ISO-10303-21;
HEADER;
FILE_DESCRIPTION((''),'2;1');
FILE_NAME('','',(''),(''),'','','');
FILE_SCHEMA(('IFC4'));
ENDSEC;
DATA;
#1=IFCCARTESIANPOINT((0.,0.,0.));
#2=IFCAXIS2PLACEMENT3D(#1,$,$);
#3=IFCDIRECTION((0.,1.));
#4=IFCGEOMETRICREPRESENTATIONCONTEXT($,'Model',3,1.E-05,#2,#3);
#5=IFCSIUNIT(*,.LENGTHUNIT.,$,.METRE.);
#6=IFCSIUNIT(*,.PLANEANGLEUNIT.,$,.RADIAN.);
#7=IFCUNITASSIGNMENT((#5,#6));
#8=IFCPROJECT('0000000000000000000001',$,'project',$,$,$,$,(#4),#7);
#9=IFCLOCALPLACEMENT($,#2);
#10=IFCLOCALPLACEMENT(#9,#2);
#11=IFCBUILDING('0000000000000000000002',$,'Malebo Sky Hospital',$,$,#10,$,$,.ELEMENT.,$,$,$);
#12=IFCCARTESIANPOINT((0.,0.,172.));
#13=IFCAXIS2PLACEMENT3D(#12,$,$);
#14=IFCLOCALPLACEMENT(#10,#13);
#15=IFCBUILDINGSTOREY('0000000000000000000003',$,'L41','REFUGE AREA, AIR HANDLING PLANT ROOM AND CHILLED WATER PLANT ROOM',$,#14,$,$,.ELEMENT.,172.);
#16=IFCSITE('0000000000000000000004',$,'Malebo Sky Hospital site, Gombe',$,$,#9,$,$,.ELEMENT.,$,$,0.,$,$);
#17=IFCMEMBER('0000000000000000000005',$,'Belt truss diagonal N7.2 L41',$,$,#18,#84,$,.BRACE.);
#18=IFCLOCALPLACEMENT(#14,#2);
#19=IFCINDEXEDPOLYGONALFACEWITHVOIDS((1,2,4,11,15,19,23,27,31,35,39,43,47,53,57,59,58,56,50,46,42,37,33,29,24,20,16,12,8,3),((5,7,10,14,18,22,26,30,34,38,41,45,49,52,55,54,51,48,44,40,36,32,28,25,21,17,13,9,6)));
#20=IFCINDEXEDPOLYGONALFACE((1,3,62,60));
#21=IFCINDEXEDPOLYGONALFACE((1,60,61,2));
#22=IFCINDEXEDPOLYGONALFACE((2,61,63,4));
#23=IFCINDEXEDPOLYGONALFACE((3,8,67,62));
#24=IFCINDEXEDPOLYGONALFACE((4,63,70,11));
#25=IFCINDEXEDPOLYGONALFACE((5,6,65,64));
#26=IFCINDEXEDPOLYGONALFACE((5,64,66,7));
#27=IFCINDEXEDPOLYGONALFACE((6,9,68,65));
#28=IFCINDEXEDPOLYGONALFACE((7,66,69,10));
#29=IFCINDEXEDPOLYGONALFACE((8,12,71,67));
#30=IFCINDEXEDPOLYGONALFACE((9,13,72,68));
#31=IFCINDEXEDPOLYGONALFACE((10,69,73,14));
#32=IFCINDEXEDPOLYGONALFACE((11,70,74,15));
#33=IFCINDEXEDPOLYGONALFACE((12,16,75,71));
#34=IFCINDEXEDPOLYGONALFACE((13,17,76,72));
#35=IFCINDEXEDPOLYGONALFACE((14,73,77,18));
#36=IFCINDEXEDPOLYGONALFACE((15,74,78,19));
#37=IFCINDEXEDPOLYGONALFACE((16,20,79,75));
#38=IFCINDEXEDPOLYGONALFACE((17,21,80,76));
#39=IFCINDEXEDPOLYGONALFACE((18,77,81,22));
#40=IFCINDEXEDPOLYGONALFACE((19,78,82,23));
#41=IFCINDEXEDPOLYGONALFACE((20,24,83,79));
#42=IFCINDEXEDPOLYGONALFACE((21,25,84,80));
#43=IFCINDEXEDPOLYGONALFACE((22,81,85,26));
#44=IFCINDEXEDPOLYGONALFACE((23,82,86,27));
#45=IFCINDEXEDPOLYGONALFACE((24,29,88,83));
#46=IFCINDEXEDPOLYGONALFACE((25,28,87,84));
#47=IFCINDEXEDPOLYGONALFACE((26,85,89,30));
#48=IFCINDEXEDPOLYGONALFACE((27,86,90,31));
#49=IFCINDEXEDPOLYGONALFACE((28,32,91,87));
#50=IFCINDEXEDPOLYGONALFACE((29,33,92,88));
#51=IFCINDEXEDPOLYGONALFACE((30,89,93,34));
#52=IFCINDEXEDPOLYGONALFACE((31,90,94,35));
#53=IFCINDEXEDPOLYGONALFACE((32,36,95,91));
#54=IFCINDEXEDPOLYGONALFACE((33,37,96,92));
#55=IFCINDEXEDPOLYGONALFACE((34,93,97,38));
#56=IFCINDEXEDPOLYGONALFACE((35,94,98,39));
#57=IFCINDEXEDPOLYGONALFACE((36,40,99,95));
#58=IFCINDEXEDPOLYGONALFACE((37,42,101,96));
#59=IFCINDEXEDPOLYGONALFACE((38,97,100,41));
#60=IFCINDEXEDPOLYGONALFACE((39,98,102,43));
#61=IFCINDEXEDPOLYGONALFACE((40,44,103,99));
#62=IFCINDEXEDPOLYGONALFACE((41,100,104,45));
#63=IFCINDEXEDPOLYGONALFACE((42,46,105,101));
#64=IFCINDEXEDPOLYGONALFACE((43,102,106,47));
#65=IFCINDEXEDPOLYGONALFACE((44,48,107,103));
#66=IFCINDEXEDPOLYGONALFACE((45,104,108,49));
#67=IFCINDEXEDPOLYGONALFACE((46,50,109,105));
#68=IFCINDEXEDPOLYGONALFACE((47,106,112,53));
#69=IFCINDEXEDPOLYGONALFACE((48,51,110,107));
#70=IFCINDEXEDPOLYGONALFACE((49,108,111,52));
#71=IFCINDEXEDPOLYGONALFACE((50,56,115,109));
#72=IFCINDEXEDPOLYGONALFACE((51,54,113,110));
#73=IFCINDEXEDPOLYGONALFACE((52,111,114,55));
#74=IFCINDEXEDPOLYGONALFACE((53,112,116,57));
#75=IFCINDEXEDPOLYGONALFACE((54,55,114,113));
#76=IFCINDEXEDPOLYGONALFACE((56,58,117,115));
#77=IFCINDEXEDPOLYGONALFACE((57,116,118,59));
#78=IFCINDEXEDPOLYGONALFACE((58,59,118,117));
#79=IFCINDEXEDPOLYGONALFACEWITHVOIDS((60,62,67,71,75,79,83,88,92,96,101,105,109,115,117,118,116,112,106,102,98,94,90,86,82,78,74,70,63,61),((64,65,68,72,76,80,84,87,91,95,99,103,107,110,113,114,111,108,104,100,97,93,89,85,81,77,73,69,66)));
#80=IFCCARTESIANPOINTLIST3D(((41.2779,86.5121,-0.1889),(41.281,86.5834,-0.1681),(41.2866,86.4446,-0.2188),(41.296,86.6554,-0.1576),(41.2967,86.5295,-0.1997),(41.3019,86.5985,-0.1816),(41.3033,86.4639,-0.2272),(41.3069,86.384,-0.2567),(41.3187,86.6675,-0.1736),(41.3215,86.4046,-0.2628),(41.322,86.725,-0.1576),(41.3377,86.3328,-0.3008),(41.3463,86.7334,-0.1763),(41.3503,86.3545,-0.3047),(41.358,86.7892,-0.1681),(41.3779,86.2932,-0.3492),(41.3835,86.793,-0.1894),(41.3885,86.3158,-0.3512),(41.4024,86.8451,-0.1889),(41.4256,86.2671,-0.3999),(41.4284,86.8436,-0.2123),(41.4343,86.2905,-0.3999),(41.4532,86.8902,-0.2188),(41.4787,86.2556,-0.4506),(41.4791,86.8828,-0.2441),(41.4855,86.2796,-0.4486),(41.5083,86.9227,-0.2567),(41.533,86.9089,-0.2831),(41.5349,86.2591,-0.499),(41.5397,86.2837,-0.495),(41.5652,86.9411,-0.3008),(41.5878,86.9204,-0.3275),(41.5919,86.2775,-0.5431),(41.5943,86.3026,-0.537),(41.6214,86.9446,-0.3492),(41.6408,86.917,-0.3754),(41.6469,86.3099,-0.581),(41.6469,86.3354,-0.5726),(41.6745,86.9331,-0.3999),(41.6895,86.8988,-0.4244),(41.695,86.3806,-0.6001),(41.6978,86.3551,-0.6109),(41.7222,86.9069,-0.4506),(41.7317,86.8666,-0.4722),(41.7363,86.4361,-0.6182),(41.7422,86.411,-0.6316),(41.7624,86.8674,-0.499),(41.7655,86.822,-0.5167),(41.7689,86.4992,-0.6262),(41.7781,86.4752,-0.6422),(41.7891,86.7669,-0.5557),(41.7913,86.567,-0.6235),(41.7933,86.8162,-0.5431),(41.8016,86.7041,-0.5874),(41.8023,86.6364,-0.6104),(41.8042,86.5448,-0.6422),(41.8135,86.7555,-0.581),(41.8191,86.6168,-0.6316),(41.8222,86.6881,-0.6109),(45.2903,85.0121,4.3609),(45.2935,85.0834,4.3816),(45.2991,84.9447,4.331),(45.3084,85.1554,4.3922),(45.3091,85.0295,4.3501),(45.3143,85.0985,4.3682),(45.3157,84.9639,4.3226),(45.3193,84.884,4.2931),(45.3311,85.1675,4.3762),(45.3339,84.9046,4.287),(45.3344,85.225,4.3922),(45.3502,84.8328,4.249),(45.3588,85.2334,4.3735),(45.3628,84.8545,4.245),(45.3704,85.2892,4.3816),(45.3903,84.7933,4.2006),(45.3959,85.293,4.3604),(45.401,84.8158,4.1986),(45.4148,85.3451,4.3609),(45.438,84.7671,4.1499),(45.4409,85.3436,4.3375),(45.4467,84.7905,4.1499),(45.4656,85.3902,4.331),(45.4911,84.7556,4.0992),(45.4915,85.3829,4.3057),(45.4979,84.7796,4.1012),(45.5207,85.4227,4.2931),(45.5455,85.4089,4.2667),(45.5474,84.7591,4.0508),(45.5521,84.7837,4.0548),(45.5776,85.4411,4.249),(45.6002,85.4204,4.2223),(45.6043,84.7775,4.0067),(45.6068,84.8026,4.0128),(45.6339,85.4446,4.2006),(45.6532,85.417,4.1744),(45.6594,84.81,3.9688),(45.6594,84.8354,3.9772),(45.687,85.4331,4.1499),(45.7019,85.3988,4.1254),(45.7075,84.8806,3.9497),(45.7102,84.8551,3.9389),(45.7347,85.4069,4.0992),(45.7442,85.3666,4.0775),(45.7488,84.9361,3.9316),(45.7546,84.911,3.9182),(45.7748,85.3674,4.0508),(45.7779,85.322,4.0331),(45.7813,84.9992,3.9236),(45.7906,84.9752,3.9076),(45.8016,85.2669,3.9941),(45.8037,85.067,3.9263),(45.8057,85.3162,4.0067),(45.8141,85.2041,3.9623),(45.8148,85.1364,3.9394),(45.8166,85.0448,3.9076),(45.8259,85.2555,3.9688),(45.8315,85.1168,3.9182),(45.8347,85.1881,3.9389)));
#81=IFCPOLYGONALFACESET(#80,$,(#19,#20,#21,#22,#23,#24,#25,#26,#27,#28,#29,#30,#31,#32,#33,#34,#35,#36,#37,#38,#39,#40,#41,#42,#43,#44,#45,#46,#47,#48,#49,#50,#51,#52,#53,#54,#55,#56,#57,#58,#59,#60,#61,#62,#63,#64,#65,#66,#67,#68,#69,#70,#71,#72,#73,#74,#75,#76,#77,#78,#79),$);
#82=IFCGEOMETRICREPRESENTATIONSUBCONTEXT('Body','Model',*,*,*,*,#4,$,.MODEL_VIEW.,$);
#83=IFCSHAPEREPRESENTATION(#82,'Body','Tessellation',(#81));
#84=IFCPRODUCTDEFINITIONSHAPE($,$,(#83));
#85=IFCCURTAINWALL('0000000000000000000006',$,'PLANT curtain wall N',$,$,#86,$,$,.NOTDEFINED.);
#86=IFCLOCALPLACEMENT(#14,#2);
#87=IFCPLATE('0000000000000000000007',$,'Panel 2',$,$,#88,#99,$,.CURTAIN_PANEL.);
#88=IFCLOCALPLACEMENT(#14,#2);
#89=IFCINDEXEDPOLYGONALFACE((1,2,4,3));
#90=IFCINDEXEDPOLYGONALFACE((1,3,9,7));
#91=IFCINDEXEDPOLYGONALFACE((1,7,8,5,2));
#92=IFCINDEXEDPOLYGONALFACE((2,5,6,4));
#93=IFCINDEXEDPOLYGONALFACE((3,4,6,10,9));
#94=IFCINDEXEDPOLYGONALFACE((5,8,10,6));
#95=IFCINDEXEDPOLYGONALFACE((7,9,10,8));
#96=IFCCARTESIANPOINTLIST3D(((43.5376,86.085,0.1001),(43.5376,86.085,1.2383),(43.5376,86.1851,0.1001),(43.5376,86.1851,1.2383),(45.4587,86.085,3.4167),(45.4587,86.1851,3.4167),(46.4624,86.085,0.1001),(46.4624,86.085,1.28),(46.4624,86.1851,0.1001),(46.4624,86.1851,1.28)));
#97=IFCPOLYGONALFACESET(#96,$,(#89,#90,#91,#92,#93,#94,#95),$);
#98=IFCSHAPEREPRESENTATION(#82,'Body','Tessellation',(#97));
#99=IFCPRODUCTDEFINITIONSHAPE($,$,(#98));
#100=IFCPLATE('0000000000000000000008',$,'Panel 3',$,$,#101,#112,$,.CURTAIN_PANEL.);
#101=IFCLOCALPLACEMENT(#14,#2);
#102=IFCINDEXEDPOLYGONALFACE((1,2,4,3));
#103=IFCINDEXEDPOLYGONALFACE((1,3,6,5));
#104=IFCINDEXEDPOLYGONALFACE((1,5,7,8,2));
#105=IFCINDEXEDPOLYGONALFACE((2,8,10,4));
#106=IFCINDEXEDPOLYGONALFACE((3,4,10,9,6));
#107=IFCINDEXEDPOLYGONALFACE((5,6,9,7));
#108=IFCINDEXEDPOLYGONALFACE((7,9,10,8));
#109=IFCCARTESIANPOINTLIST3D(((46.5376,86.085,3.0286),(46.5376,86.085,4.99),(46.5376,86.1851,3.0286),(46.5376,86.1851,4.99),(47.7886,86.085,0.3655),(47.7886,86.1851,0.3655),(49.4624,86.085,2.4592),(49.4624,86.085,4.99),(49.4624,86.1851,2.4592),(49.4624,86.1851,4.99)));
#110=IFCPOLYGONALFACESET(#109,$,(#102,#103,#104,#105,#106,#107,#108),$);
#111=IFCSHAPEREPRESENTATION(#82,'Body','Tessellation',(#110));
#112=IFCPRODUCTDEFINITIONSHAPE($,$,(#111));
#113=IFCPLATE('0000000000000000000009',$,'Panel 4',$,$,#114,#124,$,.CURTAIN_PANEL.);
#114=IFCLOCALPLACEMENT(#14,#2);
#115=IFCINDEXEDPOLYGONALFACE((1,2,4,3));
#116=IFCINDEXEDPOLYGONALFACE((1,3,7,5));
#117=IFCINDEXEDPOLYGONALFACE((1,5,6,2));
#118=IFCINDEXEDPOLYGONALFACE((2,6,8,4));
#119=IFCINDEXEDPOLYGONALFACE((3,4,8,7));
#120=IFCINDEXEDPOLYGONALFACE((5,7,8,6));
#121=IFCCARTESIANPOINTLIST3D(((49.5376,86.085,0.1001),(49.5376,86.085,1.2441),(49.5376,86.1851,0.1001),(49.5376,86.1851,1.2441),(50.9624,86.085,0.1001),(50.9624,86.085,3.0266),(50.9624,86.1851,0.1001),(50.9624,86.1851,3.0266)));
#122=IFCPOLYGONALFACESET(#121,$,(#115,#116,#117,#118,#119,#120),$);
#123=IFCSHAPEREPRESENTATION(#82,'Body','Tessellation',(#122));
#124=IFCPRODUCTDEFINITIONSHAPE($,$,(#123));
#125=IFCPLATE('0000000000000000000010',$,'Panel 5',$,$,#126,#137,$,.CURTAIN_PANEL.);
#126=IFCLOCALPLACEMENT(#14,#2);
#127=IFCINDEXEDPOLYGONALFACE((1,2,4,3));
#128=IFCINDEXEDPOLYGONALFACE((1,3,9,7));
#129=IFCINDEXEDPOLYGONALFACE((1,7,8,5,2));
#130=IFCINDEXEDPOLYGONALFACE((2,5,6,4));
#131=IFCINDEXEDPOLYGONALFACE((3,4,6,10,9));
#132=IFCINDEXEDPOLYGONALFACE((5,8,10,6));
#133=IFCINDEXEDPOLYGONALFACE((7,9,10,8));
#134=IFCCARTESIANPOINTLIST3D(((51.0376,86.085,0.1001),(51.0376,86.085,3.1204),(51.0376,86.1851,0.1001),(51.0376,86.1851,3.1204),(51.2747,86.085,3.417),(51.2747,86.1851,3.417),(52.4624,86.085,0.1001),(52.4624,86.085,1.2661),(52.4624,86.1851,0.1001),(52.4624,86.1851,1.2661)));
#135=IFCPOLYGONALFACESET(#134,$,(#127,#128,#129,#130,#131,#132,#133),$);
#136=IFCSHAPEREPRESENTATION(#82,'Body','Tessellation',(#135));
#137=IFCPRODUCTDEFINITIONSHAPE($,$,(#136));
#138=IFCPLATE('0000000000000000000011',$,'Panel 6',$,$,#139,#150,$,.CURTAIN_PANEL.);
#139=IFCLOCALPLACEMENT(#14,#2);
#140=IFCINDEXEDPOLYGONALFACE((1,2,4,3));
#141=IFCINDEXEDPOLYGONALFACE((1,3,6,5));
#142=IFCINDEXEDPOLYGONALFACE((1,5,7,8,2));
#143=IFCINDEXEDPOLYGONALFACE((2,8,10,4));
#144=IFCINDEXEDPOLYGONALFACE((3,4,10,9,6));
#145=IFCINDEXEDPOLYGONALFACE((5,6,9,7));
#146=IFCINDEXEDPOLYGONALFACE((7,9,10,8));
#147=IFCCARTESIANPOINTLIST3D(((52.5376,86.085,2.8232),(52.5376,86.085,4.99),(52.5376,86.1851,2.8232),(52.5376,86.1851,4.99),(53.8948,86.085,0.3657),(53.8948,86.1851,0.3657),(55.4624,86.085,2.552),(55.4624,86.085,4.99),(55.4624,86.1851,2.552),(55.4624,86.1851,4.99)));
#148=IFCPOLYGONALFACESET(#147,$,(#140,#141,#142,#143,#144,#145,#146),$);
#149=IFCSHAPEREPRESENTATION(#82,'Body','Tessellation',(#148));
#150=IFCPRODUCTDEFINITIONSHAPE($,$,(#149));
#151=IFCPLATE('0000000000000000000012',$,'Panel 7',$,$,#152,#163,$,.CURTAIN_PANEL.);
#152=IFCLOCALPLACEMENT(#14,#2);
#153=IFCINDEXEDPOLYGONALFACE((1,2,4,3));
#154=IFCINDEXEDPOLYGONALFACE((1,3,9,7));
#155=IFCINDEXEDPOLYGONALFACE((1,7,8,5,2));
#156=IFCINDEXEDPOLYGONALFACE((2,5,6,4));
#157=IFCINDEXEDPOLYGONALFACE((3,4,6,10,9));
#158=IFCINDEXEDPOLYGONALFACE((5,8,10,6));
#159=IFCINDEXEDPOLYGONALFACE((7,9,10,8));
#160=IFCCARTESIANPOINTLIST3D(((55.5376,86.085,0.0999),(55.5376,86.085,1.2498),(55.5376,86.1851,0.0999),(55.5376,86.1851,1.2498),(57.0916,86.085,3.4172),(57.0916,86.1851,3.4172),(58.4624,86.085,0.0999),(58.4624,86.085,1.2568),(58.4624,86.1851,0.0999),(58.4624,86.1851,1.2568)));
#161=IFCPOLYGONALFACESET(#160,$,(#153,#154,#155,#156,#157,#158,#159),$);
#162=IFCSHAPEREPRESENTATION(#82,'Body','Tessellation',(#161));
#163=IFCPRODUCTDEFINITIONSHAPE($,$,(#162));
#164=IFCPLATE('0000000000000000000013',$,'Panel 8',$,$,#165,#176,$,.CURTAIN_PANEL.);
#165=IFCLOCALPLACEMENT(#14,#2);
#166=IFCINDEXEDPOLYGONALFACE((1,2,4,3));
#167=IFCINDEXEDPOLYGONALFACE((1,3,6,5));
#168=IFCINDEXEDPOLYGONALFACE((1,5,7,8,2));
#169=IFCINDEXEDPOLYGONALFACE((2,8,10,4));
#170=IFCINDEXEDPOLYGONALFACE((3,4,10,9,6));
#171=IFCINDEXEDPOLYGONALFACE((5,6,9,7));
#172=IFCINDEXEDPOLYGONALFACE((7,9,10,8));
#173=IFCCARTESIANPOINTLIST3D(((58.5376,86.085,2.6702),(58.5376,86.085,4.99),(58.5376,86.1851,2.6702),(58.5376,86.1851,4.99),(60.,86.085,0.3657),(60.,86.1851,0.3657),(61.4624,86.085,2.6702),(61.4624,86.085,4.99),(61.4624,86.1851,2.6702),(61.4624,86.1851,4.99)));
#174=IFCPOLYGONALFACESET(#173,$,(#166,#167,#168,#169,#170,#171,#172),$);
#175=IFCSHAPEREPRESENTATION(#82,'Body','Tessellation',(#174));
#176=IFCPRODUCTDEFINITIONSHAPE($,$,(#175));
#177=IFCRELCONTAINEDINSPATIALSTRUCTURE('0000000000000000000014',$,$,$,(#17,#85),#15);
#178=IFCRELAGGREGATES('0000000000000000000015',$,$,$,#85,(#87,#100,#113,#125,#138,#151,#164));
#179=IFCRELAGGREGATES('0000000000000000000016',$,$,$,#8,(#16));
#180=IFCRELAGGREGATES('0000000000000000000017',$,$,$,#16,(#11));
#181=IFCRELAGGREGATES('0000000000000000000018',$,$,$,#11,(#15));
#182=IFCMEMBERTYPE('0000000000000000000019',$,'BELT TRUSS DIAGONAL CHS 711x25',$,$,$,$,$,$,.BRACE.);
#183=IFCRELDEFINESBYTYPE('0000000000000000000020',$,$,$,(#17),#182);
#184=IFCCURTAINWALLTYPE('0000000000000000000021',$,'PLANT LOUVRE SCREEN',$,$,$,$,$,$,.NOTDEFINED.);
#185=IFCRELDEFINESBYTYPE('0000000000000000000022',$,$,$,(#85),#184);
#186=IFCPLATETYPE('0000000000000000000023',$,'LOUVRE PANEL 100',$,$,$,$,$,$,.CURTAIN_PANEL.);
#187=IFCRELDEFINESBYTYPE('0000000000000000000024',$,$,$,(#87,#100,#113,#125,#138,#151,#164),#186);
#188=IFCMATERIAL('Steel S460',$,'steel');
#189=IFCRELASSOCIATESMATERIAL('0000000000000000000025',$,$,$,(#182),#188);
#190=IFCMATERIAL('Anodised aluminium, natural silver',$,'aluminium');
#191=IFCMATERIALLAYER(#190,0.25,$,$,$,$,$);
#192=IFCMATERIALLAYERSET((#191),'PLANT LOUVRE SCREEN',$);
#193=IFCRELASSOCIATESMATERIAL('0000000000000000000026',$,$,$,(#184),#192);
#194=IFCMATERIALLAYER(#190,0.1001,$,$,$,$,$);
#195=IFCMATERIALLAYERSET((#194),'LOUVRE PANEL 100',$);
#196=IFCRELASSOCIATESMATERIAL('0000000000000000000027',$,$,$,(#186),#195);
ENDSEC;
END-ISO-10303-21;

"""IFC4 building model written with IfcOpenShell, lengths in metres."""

from ifc_helpers import new_model, si_unit, direction, frame, origin, origin_2d, place, context, subcontext, project, spatial, polyline, hollow_circle, outline, extrude, material, layer, layer_set, material_profile, profile_set, type_object, element, aggregate, save


model = new_model("IFC4")

# Units and contexts
model_context = context("Model", 3, precision=1e-05, world=origin(), true_north=direction((0.0, 1.0)))
body_context = subcontext(model_context, "Body", "Model", "MODEL_VIEW")
ifc_project = project(units=[si_unit("LENGTHUNIT", "METRE"), si_unit("PLANEANGLEUNIT", "RADIAN")], contexts=[model_context])

# Site, building, storey
site_placement = place(None, origin())
site = spatial("IfcSite", under=ifc_project, at=site_placement, Name="Malebo Sky Hospital site, Gombe", CompositionType="ELEMENT", RefElevation=0.0)
building_placement = place(site_placement, origin())
building = spatial("IfcBuilding", under=site, at=building_placement, Name="Malebo Sky Hospital", CompositionType="ELEMENT")
storey_placement = place(building_placement, frame((0.0, 0.0, 172.0)))
storey = spatial("IfcBuildingStorey", under=building, at=storey_placement, Name="L41", Description="REFUGE AREA, AIR HANDLING PLANT ROOM AND CHILLED WATER PLANT ROOM", CompositionType="ELEMENT", Elevation=172.0)

# Member
ifc_material_1 = material(Name="Steel S460", Category="steel")
ifc_material_profile = material_profile(ifc_material_1, hollow_circle(Radius=0.3555, WallThickness=0.0249, at=origin_2d()), Name="CHS 711x25")
ifc_profile_set = profile_set([ifc_material_profile], Name="Steel S460")
member_type = type_object("IfcMemberType", Name="BELT TRUSS DIAGONAL CHS 711x25", PredefinedType="BRACE", material=ifc_profile_set)
member_1_placement = place(storey_placement, frame((45.5625, 85.1001, 4.1499), z_axis=(-0.642091, 0.240037, -0.728081), x_axis=(-0.350168, -0.936687, 0.0)))
element("IfcMember", 1, at=member_1_placement, inside=storey, type_object=member_type, Name="Belt truss diagonal N7.2 L41", PredefinedType="BRACE", context=body_context, shape_type="SweptSolid", body=[
    extrude(hollow_circle(Radius=0.3555, WallThickness=0.0249, at=origin_2d()), origin(), (0.0, 0.0, 1.0), 6.249),
])

# Curtain wall, plates
ifc_material_2 = material(Name="Anodised aluminium, natural silver", Category="aluminium")
ifc_layer_1 = layer(ifc_material_2, 0.25)
ifc_layer_set_1 = layer_set([ifc_layer_1], Name="PLANT LOUVRE SCREEN")
curtain_wall_type = type_object("IfcCurtainWallType", Name="PLANT LOUVRE SCREEN", PredefinedType="NOTDEFINED", material=ifc_layer_set_1)
curtain_wall_placement = place(storey_placement, origin())
curtain_wall = element("IfcCurtainWall", 2, at=curtain_wall_placement, inside=storey, type_object=curtain_wall_type, Name="PLANT curtain wall N", PredefinedType="NOTDEFINED")
ifc_layer_2 = layer(ifc_material_2, 0.1001)
ifc_layer_set_2 = layer_set([ifc_layer_2], Name="LOUVRE PANEL 100")
plate_type = type_object("IfcPlateType", Name="LOUVRE PANEL 100", PredefinedType="CURTAIN_PANEL", material=ifc_layer_set_2)
plate_1_placement = place(storey_placement, frame((45.0, 86.135, 0.1001), z_axis=(0.0, 0.0, 1.0), x_axis=(1.0, 0.0, 0.0)))
plate_1 = element("IfcPlate", 3, at=plate_1_placement, type_object=plate_type, Name="Panel 2", PredefinedType="CURTAIN_PANEL", context=body_context, shape_type="SweptSolid", body=[
    extrude(outline(polyline([(-1.4624, 0.0), (1.4624, 0.0), (1.4624, 1.1799), (0.4587, 3.3167), (-1.4624, 1.1382), (-1.4624, 0.0)])), frame((0.0, 0.05, 0.0), z_axis=(0.0, -1.0, 0.0), x_axis=(1.0, 0.0, 0.0)), (0.0, 0.0, 1.0), 0.1001),
])
plate_2_placement = place(storey_placement, frame((48.0, 86.135, 0.3655), z_axis=(0.0, 0.0, 1.0), x_axis=(1.0, 0.0, 0.0)))
plate_2 = element("IfcPlate", 4, at=plate_2_placement, type_object=plate_type, Name="Panel 3", PredefinedType="CURTAIN_PANEL", context=body_context, shape_type="SweptSolid", body=[
    extrude(outline(polyline([(-0.2114, 0.0), (1.4624, 2.0938), (1.4624, 4.6245), (-1.4624, 4.6245), (-1.4624, 2.6631), (-0.2114, 0.0)])), frame((0.0, 0.05, 0.0), z_axis=(0.0, -1.0, 0.0), x_axis=(1.0, 0.0, 0.0)), (0.0, 0.0, 1.0), 0.1001),
])
plate_3_placement = place(storey_placement, frame((50.25, 86.135, 0.1001), z_axis=(0.0, 0.0, 1.0), x_axis=(1.0, 0.0, 0.0)))
plate_3 = element("IfcPlate", 5, at=plate_3_placement, type_object=plate_type, Name="Panel 4", PredefinedType="CURTAIN_PANEL", context=body_context, shape_type="SweptSolid", body=[
    extrude(outline(polyline([(-0.7124, 0.0), (0.7124, 0.0), (0.7124, 2.9265), (-0.7124, 1.144), (-0.7124, 0.0)])), frame((0.0, 0.05, 0.0), z_axis=(0.0, -1.0, 0.0), x_axis=(1.0, 0.0, 0.0)), (0.0, 0.0, 1.0), 0.1001),
])
plate_4_placement = place(storey_placement, frame((51.75, 86.135, 0.1001), z_axis=(0.0, 0.0, 1.0), x_axis=(1.0, 0.0, 0.0)))
plate_4 = element("IfcPlate", 6, at=plate_4_placement, type_object=plate_type, Name="Panel 5", PredefinedType="CURTAIN_PANEL", context=body_context, shape_type="SweptSolid", body=[
    extrude(outline(polyline([(-0.7124, 0.0), (0.7124, 0.0), (0.7124, 1.166), (-0.4753, 3.3169), (-0.7124, 3.0203), (-0.7124, 0.0)])), frame((0.0, 0.05, 0.0), z_axis=(0.0, -1.0, 0.0), x_axis=(1.0, 0.0, 0.0)), (0.0, 0.0, 1.0), 0.1001),
])
plate_5_placement = place(storey_placement, frame((54.0, 86.135, 0.3657), z_axis=(0.0, 0.0, 1.0), x_axis=(1.0, 0.0, 0.0)))
plate_5 = element("IfcPlate", 7, at=plate_5_placement, type_object=plate_type, Name="Panel 6", PredefinedType="CURTAIN_PANEL", context=body_context, shape_type="SweptSolid", body=[
    extrude(outline(polyline([(-0.1052, 0.0), (1.4624, 2.1863), (1.4624, 4.6243), (-1.4624, 4.6243), (-1.4624, 2.4575), (-0.1052, 0.0)])), frame((0.0, 0.05, 0.0), z_axis=(0.0, -1.0, 0.0), x_axis=(1.0, 0.0, 0.0)), (0.0, 0.0, 1.0), 0.1001),
])
plate_6_placement = place(storey_placement, frame((57.0, 86.135, 0.0999), z_axis=(0.0, 0.0, 1.0), x_axis=(1.0, 0.0, 0.0)))
plate_6 = element("IfcPlate", 8, at=plate_6_placement, type_object=plate_type, Name="Panel 7", PredefinedType="CURTAIN_PANEL", context=body_context, shape_type="SweptSolid", body=[
    extrude(outline(polyline([(-1.4624, 0.0), (1.4624, 0.0), (1.4624, 1.157), (0.0916, 3.3174), (-1.4624, 1.1499), (-1.4624, 0.0)])), frame((0.0, 0.05, 0.0), z_axis=(0.0, -1.0, 0.0), x_axis=(1.0, 0.0, 0.0)), (0.0, 0.0, 1.0), 0.1001),
])
plate_7_placement = place(storey_placement, frame((60.0, 86.135, 0.3657), z_axis=(0.0, 0.0, 1.0), x_axis=(1.0, 0.0, 0.0)))
plate_7 = element("IfcPlate", 9, at=plate_7_placement, type_object=plate_type, Name="Panel 8", PredefinedType="CURTAIN_PANEL", context=body_context, shape_type="SweptSolid", body=[
    extrude(outline(polyline([(0.0, 0.0), (1.4624, 2.3044), (1.4624, 4.6243), (-1.4624, 4.6243), (-1.4624, 2.3044), (0.0, 0.0)])), frame((0.0, 0.05, 0.0), z_axis=(0.0, -1.0, 0.0), x_axis=(1.0, 0.0, 0.0)), (0.0, 0.0, 1.0), 0.1001),
])
aggregate(curtain_wall, [plate_1, plate_2, plate_3, plate_4, plate_5, plate_6, plate_7])

save(model, "model.ifc")
